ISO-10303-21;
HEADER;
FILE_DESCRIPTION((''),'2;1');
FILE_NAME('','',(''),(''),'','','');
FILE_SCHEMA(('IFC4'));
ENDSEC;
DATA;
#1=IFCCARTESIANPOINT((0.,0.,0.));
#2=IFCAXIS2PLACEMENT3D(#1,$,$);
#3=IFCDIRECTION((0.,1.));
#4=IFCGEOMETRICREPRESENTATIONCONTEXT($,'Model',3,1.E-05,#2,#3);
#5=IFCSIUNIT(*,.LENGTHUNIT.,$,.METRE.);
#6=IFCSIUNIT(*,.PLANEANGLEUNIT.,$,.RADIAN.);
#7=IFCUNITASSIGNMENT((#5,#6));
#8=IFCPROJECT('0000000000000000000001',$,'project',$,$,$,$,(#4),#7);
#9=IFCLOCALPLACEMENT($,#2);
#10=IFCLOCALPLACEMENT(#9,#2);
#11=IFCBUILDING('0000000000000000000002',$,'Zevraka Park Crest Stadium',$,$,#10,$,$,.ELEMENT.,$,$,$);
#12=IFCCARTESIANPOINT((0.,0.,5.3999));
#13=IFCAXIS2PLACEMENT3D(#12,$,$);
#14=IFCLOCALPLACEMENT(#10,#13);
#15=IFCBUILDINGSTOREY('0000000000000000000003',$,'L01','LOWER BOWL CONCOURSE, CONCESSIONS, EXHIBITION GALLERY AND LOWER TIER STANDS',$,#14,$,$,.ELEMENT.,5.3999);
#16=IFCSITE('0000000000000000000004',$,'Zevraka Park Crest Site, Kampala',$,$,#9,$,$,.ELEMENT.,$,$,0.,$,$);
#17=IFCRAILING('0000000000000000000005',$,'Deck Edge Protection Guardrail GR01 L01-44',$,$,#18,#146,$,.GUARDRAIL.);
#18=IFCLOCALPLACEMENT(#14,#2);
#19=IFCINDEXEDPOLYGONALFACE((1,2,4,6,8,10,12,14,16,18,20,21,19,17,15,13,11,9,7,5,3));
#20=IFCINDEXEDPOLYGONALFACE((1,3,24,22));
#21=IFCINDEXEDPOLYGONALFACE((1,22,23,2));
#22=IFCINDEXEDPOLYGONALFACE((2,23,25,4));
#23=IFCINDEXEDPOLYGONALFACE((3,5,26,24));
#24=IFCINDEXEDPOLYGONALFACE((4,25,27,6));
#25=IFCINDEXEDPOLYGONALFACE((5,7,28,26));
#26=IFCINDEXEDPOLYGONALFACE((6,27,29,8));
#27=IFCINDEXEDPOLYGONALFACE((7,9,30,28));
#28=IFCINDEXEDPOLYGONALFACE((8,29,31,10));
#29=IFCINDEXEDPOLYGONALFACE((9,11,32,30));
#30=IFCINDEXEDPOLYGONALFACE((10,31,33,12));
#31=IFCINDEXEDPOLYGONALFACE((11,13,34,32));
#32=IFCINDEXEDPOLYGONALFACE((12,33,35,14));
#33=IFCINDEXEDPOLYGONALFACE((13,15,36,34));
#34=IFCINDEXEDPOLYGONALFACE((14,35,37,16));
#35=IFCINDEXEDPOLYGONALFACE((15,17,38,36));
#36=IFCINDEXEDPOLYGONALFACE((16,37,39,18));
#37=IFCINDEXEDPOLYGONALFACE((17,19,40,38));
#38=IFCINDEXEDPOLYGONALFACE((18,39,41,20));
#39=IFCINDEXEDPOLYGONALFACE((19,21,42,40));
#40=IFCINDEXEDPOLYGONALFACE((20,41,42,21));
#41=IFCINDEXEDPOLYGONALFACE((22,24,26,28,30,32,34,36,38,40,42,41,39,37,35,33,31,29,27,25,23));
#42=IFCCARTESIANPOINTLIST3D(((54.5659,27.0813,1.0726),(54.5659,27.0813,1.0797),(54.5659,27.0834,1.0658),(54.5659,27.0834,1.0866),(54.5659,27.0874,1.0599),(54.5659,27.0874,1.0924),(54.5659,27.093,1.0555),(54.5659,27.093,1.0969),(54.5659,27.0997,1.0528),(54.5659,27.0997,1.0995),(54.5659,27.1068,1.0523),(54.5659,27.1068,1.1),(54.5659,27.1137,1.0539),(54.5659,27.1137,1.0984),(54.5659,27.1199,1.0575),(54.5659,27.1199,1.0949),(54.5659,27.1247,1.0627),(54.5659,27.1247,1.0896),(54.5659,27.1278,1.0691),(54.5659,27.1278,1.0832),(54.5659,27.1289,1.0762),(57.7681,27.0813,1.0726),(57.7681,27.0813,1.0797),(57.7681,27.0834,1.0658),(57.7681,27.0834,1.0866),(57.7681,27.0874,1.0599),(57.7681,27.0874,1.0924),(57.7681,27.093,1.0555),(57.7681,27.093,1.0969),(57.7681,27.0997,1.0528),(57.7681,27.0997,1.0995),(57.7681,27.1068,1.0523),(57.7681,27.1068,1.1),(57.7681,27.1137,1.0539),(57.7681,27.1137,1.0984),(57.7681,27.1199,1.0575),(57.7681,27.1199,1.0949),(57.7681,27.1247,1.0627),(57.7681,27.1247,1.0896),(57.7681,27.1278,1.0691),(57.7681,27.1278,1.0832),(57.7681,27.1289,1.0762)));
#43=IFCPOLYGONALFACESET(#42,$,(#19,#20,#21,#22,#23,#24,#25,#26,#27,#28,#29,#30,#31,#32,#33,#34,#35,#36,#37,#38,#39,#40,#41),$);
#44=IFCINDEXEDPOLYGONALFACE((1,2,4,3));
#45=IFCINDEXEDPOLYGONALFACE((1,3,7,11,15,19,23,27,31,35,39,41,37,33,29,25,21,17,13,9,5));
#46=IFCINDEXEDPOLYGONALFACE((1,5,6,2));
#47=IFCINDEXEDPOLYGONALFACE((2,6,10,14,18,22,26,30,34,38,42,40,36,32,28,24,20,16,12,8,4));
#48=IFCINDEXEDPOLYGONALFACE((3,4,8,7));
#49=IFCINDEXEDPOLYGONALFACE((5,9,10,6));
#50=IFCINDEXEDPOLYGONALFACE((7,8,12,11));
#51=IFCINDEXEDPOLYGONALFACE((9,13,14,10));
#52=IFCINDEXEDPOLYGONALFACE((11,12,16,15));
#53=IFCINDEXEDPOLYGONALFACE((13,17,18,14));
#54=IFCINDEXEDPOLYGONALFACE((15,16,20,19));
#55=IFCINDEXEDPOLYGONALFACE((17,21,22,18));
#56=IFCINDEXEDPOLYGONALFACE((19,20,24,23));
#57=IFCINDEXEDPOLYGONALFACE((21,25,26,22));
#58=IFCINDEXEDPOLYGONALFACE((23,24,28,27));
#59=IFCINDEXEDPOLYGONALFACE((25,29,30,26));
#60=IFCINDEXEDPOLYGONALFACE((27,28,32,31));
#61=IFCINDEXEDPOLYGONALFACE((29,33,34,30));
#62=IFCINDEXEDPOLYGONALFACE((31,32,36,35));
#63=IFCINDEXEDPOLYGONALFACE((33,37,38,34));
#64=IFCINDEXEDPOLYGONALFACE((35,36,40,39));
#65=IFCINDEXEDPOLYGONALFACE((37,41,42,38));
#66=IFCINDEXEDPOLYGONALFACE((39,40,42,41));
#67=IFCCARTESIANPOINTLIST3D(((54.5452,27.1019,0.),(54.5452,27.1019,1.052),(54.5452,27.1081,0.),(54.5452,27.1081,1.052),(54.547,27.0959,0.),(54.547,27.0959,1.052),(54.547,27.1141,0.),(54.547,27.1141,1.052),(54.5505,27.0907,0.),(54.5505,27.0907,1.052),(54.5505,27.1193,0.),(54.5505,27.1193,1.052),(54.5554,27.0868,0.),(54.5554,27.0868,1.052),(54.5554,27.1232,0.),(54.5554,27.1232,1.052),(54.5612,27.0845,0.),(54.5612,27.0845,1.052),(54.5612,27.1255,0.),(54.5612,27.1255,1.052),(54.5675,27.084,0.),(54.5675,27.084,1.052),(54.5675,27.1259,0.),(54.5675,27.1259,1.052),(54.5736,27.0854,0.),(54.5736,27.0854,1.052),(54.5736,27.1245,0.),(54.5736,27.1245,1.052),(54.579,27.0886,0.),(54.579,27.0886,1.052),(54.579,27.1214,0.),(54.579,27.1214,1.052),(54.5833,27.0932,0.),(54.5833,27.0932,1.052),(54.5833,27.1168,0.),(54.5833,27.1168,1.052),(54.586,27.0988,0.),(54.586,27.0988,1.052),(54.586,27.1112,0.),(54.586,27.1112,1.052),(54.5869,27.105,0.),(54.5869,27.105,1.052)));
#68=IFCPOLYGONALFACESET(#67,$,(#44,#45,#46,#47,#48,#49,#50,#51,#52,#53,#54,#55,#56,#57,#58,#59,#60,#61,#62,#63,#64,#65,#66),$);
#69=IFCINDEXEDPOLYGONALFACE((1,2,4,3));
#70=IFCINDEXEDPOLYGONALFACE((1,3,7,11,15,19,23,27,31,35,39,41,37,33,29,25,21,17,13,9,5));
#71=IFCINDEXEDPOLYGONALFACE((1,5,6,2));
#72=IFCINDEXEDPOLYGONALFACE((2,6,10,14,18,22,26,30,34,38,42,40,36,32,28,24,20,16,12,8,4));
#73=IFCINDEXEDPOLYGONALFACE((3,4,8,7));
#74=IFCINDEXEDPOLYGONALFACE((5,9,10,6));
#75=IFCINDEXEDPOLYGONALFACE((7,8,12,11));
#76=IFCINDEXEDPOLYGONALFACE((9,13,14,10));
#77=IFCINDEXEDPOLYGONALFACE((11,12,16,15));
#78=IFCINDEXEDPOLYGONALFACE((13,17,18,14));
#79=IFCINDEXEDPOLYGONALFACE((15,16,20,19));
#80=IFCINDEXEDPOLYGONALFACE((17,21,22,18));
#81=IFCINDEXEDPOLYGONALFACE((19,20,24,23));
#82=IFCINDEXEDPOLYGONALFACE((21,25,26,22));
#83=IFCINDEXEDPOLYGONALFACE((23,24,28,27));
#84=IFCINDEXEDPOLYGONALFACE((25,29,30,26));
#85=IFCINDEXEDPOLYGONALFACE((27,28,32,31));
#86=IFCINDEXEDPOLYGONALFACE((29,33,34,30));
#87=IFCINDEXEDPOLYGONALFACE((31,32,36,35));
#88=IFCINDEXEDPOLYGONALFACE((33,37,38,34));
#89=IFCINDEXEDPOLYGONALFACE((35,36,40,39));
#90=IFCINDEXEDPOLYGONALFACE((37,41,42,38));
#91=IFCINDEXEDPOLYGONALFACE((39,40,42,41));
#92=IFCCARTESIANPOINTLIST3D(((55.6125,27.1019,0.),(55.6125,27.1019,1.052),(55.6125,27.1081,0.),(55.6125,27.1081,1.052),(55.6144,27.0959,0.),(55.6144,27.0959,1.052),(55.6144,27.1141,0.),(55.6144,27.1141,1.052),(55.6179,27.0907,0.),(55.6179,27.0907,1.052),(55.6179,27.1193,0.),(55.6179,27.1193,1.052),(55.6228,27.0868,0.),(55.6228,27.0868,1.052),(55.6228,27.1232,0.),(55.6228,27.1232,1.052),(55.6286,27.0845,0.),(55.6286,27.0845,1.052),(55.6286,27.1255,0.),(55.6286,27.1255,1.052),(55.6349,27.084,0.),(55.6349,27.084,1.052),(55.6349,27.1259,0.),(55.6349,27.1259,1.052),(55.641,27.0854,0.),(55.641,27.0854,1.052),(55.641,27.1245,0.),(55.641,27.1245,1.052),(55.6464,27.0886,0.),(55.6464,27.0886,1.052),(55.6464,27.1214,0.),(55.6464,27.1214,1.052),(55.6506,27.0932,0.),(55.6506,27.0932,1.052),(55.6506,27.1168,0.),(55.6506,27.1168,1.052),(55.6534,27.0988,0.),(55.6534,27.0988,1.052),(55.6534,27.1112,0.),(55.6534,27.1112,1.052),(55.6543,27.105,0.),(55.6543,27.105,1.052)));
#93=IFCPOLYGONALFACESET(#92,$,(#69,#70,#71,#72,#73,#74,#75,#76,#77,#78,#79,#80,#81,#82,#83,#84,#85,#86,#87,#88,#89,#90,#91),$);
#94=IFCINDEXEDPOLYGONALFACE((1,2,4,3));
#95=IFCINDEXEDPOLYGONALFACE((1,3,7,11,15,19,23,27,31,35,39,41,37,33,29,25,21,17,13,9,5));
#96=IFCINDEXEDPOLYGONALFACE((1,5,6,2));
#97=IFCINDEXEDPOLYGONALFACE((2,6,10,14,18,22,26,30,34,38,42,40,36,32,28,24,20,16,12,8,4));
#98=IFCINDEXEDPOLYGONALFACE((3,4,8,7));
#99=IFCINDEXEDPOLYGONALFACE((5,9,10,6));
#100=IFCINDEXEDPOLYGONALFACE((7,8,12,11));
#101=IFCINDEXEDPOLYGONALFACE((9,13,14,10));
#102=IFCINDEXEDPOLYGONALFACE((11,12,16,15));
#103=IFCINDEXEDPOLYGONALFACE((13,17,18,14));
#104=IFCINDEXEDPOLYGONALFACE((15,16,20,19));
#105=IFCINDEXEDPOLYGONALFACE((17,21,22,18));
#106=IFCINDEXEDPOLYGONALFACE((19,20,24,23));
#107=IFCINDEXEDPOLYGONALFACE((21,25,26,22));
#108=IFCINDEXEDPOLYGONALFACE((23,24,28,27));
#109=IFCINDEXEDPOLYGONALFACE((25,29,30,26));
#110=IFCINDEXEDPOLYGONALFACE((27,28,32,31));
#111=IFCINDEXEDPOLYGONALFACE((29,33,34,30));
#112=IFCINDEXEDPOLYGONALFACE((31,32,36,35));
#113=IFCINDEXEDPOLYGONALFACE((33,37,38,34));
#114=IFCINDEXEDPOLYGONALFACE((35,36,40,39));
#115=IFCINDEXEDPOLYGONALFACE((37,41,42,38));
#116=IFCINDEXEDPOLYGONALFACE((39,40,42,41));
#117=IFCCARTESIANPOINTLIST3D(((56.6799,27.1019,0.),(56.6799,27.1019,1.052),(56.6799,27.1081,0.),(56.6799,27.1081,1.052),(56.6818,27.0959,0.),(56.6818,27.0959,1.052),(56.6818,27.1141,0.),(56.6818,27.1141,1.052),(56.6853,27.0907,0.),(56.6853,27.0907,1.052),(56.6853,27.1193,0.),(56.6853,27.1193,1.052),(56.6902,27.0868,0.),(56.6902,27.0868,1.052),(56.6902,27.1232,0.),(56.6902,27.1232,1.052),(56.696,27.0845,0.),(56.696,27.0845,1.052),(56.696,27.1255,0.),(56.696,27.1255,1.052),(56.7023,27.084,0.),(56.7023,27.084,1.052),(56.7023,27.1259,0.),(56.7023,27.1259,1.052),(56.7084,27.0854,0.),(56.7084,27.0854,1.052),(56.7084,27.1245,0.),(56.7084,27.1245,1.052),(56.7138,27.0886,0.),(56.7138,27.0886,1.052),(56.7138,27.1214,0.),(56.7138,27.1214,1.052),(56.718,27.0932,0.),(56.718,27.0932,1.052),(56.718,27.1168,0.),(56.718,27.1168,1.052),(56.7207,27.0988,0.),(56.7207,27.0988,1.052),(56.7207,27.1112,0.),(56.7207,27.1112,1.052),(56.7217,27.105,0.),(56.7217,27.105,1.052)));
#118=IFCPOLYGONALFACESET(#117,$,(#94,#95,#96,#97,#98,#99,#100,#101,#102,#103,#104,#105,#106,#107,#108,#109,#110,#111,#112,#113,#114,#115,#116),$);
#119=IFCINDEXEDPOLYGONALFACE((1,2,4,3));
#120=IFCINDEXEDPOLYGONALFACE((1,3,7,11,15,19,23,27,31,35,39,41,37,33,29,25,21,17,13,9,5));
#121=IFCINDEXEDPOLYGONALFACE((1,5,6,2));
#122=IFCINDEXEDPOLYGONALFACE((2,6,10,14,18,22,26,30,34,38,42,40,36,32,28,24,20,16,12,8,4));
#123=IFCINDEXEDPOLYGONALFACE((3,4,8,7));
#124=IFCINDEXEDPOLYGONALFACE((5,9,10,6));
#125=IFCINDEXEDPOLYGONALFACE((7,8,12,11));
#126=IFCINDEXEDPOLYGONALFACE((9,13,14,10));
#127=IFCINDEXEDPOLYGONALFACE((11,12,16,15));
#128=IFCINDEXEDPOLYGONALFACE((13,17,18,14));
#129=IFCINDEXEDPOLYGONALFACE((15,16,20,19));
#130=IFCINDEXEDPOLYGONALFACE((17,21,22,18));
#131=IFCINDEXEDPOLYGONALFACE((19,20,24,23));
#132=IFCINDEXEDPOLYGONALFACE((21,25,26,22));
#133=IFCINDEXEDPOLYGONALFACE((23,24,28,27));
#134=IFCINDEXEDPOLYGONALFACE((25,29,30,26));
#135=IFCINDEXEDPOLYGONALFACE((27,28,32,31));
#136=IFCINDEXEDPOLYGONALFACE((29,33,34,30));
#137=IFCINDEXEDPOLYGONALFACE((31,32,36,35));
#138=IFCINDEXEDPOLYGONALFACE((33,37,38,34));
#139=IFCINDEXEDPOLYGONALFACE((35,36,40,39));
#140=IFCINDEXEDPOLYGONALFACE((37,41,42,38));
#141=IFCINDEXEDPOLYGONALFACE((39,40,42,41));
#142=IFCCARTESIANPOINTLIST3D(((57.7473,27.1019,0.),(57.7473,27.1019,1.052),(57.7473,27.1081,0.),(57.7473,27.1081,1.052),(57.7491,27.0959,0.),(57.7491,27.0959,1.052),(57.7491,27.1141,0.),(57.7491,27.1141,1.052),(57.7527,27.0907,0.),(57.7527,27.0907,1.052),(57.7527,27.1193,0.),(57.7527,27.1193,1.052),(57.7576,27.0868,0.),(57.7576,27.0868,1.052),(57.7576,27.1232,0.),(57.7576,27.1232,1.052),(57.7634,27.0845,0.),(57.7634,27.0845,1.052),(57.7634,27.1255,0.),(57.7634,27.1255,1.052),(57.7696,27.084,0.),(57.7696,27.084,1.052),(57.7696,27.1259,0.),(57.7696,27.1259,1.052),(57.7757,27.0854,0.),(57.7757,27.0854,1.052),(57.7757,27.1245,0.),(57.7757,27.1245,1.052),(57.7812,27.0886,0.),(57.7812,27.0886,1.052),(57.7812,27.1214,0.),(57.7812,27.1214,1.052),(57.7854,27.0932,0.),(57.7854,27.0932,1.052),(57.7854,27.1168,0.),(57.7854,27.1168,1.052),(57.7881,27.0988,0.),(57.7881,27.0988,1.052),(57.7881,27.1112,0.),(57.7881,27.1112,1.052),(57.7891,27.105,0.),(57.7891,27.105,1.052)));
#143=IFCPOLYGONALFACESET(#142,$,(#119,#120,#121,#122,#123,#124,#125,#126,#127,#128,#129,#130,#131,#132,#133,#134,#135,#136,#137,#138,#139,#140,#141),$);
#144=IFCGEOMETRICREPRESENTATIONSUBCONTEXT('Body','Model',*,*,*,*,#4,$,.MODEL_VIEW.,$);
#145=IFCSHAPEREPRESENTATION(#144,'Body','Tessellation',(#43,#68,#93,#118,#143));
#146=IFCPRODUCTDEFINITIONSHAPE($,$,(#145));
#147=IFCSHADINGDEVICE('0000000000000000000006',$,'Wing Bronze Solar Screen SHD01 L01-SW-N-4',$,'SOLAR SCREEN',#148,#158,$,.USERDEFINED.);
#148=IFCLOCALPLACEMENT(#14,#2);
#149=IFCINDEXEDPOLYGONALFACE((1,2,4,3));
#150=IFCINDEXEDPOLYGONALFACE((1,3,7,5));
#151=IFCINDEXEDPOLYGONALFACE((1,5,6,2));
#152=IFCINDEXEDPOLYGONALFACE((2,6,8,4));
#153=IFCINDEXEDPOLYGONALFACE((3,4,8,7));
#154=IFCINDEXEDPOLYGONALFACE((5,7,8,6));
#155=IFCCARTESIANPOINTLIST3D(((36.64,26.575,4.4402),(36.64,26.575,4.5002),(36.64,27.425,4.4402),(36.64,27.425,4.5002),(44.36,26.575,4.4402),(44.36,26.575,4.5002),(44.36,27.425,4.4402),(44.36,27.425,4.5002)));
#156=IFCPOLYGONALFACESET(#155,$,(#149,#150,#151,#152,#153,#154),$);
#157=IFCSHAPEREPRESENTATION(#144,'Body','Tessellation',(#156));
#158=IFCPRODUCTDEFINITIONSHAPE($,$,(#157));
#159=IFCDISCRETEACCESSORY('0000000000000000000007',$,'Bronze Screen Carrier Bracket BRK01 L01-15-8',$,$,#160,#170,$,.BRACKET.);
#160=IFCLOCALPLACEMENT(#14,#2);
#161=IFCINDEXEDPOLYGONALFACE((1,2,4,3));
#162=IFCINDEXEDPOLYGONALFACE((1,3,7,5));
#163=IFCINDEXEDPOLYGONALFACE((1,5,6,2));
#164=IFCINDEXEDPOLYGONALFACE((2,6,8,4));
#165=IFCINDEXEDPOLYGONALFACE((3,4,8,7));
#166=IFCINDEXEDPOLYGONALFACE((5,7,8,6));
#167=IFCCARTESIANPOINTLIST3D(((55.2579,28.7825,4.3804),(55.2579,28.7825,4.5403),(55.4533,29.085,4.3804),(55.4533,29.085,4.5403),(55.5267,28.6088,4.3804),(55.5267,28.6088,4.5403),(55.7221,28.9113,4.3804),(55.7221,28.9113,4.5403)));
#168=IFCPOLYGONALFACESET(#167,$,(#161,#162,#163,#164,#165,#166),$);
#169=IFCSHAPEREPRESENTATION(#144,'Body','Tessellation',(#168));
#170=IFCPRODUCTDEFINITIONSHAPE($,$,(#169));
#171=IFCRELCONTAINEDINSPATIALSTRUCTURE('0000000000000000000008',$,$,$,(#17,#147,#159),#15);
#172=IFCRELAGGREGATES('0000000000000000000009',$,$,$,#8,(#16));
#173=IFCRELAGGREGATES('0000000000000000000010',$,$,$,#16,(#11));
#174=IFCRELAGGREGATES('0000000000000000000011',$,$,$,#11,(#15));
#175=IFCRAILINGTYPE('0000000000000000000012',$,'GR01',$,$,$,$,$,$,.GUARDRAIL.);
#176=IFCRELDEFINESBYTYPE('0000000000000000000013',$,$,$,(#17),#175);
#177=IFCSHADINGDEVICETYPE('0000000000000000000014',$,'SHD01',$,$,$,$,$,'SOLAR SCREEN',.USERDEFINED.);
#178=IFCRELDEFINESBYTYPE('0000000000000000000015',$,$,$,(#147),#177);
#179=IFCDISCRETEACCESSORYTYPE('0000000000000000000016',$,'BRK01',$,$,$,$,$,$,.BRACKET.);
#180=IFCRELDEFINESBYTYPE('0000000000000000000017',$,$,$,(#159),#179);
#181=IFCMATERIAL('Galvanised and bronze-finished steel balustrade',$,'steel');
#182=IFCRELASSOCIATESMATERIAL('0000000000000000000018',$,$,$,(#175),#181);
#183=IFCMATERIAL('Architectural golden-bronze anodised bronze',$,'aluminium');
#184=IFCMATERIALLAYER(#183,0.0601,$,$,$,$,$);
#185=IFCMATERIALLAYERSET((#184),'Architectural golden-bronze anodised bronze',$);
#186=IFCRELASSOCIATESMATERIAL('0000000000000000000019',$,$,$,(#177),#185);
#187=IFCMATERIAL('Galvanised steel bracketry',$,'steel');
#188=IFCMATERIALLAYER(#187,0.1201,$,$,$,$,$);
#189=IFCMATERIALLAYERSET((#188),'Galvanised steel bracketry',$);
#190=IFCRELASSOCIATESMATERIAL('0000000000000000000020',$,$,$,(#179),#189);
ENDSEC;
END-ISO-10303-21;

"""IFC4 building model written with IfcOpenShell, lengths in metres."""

from ifc_helpers import new_model, si_unit, direction, frame, origin, origin_2d, place, context, subcontext, project, spatial, rectangle, circle, extrude, material, layer, layer_set, type_object, element, save


model = new_model("IFC4")

# Units and contexts
model_context = context("Model", 3, precision=1e-05, world=origin(), true_north=direction((0.0, 1.0)))
body_context = subcontext(model_context, "Body", "Model", "MODEL_VIEW")
ifc_project = project(units=[si_unit("LENGTHUNIT", "METRE"), si_unit("PLANEANGLEUNIT", "RADIAN")], contexts=[model_context])

# Site, building, storey
site_placement = place(None, origin())
site = spatial("IfcSite", under=ifc_project, at=site_placement, Name="Zevraka Park Crest Site, Kampala", CompositionType="ELEMENT", RefElevation=0.0)
building_placement = place(site_placement, origin())
building = spatial("IfcBuilding", under=site, at=building_placement, Name="Zevraka Park Crest Stadium", CompositionType="ELEMENT")
storey_placement = place(building_placement, frame((0.0, 0.0, 5.3999)))
storey = spatial("IfcBuildingStorey", under=building, at=storey_placement, Name="L01", Description="LOWER BOWL CONCOURSE, CONCESSIONS, EXHIBITION GALLERY AND LOWER TIER STANDS", CompositionType="ELEMENT", Elevation=5.3999)

# Railing
ifc_material_1 = material(Name="Galvanised and bronze-finished steel balustrade", Category="steel")
railing_type = type_object("IfcRailingType", Name="GR01", PredefinedType="GUARDRAIL", material=ifc_material_1)
railing_placement = place(storey_placement, frame((54.5659, 27.105, 0.0)))
element("IfcRailing", 1, at=railing_placement, inside=storey, type_object=railing_type, Name="Deck Edge Protection Guardrail GR01 L01-44", PredefinedType="GUARDRAIL", context=body_context, shape_type="SweptSolid", body=[
    extrude(circle(Radius=0.0239, at=origin_2d()), frame((0.0, 0.0, 1.0762), z_axis=(1.0, 0.0, 0.0), x_axis=(0.0, 1.0, 0.0)), (0.0, 0.0, 1.0), 3.2021),
    extrude(circle(Radius=0.021, at=origin_2d()), origin(), (0.0, 0.0, 1.0), 1.052),
    extrude(circle(Radius=0.021, at=origin_2d()), frame((1.0674, 0.0, 0.0)), (0.0, 0.0, 1.0), 1.052),
    extrude(circle(Radius=0.021, at=origin_2d()), frame((2.1348, 0.0, 0.0)), (0.0, 0.0, 1.0), 1.052),
    extrude(circle(Radius=0.021, at=origin_2d()), frame((3.2021, 0.0, 0.0)), (0.0, 0.0, 1.0), 1.052),
])

# Shading device
ifc_material_2 = material(Name="Architectural golden-bronze anodised bronze", Category="aluminium")
ifc_layer_1 = layer(ifc_material_2, 0.0601)
ifc_layer_set_1 = layer_set([ifc_layer_1], Name="Architectural golden-bronze anodised bronze")
shading_device_type = type_object("IfcShadingDeviceType", Name="SHD01", ElementType="SOLAR SCREEN", PredefinedType="USERDEFINED", material=ifc_layer_set_1)
shading_device_placement = place(storey_placement, frame((40.5, 27.0, 4.4402), z_axis=(0.0, 0.0, 1.0), x_axis=(1.0, 0.0, 0.0)))
element("IfcShadingDevice", 2, at=shading_device_placement, inside=storey, type_object=shading_device_type, Name="Wing Bronze Solar Screen SHD01 L01-SW-N-4", ObjectType="SOLAR SCREEN", PredefinedType="USERDEFINED", context=body_context, shape_type="SweptSolid", body=[
    extrude(rectangle(XDim=7.72, YDim=0.8501, at=origin_2d()), origin(), (0.0, 0.0, 1.0), 0.0601),
])

# Discrete accessory
ifc_material_3 = material(Name="Galvanised steel bracketry", Category="steel")
ifc_layer_2 = layer(ifc_material_3, 0.1201)
ifc_layer_set_2 = layer_set([ifc_layer_2], Name="Galvanised steel bracketry")
discrete_accessory_type = type_object("IfcDiscreteAccessoryType", Name="BRK01", PredefinedType="BRACKET", material=ifc_layer_set_2)
discrete_accessory_placement = place(storey_placement, frame((55.49, 28.8469, 4.3804), z_axis=(0.0, 0.0, 1.0), x_axis=(0.839999, -0.542588, 0.0)))
element("IfcDiscreteAccessory", 3, at=discrete_accessory_placement, inside=storey, type_object=discrete_accessory_type, Name="Bronze Screen Carrier Bracket BRK01 L01-15-8", PredefinedType="BRACKET", context=body_context, shape_type="SweptSolid", body=[
    extrude(rectangle(XDim=0.3201, YDim=0.3601, at=origin_2d()), origin(), (0.0, 0.0, 1.0), 0.1599),
])

save(model, "model.ifc")
